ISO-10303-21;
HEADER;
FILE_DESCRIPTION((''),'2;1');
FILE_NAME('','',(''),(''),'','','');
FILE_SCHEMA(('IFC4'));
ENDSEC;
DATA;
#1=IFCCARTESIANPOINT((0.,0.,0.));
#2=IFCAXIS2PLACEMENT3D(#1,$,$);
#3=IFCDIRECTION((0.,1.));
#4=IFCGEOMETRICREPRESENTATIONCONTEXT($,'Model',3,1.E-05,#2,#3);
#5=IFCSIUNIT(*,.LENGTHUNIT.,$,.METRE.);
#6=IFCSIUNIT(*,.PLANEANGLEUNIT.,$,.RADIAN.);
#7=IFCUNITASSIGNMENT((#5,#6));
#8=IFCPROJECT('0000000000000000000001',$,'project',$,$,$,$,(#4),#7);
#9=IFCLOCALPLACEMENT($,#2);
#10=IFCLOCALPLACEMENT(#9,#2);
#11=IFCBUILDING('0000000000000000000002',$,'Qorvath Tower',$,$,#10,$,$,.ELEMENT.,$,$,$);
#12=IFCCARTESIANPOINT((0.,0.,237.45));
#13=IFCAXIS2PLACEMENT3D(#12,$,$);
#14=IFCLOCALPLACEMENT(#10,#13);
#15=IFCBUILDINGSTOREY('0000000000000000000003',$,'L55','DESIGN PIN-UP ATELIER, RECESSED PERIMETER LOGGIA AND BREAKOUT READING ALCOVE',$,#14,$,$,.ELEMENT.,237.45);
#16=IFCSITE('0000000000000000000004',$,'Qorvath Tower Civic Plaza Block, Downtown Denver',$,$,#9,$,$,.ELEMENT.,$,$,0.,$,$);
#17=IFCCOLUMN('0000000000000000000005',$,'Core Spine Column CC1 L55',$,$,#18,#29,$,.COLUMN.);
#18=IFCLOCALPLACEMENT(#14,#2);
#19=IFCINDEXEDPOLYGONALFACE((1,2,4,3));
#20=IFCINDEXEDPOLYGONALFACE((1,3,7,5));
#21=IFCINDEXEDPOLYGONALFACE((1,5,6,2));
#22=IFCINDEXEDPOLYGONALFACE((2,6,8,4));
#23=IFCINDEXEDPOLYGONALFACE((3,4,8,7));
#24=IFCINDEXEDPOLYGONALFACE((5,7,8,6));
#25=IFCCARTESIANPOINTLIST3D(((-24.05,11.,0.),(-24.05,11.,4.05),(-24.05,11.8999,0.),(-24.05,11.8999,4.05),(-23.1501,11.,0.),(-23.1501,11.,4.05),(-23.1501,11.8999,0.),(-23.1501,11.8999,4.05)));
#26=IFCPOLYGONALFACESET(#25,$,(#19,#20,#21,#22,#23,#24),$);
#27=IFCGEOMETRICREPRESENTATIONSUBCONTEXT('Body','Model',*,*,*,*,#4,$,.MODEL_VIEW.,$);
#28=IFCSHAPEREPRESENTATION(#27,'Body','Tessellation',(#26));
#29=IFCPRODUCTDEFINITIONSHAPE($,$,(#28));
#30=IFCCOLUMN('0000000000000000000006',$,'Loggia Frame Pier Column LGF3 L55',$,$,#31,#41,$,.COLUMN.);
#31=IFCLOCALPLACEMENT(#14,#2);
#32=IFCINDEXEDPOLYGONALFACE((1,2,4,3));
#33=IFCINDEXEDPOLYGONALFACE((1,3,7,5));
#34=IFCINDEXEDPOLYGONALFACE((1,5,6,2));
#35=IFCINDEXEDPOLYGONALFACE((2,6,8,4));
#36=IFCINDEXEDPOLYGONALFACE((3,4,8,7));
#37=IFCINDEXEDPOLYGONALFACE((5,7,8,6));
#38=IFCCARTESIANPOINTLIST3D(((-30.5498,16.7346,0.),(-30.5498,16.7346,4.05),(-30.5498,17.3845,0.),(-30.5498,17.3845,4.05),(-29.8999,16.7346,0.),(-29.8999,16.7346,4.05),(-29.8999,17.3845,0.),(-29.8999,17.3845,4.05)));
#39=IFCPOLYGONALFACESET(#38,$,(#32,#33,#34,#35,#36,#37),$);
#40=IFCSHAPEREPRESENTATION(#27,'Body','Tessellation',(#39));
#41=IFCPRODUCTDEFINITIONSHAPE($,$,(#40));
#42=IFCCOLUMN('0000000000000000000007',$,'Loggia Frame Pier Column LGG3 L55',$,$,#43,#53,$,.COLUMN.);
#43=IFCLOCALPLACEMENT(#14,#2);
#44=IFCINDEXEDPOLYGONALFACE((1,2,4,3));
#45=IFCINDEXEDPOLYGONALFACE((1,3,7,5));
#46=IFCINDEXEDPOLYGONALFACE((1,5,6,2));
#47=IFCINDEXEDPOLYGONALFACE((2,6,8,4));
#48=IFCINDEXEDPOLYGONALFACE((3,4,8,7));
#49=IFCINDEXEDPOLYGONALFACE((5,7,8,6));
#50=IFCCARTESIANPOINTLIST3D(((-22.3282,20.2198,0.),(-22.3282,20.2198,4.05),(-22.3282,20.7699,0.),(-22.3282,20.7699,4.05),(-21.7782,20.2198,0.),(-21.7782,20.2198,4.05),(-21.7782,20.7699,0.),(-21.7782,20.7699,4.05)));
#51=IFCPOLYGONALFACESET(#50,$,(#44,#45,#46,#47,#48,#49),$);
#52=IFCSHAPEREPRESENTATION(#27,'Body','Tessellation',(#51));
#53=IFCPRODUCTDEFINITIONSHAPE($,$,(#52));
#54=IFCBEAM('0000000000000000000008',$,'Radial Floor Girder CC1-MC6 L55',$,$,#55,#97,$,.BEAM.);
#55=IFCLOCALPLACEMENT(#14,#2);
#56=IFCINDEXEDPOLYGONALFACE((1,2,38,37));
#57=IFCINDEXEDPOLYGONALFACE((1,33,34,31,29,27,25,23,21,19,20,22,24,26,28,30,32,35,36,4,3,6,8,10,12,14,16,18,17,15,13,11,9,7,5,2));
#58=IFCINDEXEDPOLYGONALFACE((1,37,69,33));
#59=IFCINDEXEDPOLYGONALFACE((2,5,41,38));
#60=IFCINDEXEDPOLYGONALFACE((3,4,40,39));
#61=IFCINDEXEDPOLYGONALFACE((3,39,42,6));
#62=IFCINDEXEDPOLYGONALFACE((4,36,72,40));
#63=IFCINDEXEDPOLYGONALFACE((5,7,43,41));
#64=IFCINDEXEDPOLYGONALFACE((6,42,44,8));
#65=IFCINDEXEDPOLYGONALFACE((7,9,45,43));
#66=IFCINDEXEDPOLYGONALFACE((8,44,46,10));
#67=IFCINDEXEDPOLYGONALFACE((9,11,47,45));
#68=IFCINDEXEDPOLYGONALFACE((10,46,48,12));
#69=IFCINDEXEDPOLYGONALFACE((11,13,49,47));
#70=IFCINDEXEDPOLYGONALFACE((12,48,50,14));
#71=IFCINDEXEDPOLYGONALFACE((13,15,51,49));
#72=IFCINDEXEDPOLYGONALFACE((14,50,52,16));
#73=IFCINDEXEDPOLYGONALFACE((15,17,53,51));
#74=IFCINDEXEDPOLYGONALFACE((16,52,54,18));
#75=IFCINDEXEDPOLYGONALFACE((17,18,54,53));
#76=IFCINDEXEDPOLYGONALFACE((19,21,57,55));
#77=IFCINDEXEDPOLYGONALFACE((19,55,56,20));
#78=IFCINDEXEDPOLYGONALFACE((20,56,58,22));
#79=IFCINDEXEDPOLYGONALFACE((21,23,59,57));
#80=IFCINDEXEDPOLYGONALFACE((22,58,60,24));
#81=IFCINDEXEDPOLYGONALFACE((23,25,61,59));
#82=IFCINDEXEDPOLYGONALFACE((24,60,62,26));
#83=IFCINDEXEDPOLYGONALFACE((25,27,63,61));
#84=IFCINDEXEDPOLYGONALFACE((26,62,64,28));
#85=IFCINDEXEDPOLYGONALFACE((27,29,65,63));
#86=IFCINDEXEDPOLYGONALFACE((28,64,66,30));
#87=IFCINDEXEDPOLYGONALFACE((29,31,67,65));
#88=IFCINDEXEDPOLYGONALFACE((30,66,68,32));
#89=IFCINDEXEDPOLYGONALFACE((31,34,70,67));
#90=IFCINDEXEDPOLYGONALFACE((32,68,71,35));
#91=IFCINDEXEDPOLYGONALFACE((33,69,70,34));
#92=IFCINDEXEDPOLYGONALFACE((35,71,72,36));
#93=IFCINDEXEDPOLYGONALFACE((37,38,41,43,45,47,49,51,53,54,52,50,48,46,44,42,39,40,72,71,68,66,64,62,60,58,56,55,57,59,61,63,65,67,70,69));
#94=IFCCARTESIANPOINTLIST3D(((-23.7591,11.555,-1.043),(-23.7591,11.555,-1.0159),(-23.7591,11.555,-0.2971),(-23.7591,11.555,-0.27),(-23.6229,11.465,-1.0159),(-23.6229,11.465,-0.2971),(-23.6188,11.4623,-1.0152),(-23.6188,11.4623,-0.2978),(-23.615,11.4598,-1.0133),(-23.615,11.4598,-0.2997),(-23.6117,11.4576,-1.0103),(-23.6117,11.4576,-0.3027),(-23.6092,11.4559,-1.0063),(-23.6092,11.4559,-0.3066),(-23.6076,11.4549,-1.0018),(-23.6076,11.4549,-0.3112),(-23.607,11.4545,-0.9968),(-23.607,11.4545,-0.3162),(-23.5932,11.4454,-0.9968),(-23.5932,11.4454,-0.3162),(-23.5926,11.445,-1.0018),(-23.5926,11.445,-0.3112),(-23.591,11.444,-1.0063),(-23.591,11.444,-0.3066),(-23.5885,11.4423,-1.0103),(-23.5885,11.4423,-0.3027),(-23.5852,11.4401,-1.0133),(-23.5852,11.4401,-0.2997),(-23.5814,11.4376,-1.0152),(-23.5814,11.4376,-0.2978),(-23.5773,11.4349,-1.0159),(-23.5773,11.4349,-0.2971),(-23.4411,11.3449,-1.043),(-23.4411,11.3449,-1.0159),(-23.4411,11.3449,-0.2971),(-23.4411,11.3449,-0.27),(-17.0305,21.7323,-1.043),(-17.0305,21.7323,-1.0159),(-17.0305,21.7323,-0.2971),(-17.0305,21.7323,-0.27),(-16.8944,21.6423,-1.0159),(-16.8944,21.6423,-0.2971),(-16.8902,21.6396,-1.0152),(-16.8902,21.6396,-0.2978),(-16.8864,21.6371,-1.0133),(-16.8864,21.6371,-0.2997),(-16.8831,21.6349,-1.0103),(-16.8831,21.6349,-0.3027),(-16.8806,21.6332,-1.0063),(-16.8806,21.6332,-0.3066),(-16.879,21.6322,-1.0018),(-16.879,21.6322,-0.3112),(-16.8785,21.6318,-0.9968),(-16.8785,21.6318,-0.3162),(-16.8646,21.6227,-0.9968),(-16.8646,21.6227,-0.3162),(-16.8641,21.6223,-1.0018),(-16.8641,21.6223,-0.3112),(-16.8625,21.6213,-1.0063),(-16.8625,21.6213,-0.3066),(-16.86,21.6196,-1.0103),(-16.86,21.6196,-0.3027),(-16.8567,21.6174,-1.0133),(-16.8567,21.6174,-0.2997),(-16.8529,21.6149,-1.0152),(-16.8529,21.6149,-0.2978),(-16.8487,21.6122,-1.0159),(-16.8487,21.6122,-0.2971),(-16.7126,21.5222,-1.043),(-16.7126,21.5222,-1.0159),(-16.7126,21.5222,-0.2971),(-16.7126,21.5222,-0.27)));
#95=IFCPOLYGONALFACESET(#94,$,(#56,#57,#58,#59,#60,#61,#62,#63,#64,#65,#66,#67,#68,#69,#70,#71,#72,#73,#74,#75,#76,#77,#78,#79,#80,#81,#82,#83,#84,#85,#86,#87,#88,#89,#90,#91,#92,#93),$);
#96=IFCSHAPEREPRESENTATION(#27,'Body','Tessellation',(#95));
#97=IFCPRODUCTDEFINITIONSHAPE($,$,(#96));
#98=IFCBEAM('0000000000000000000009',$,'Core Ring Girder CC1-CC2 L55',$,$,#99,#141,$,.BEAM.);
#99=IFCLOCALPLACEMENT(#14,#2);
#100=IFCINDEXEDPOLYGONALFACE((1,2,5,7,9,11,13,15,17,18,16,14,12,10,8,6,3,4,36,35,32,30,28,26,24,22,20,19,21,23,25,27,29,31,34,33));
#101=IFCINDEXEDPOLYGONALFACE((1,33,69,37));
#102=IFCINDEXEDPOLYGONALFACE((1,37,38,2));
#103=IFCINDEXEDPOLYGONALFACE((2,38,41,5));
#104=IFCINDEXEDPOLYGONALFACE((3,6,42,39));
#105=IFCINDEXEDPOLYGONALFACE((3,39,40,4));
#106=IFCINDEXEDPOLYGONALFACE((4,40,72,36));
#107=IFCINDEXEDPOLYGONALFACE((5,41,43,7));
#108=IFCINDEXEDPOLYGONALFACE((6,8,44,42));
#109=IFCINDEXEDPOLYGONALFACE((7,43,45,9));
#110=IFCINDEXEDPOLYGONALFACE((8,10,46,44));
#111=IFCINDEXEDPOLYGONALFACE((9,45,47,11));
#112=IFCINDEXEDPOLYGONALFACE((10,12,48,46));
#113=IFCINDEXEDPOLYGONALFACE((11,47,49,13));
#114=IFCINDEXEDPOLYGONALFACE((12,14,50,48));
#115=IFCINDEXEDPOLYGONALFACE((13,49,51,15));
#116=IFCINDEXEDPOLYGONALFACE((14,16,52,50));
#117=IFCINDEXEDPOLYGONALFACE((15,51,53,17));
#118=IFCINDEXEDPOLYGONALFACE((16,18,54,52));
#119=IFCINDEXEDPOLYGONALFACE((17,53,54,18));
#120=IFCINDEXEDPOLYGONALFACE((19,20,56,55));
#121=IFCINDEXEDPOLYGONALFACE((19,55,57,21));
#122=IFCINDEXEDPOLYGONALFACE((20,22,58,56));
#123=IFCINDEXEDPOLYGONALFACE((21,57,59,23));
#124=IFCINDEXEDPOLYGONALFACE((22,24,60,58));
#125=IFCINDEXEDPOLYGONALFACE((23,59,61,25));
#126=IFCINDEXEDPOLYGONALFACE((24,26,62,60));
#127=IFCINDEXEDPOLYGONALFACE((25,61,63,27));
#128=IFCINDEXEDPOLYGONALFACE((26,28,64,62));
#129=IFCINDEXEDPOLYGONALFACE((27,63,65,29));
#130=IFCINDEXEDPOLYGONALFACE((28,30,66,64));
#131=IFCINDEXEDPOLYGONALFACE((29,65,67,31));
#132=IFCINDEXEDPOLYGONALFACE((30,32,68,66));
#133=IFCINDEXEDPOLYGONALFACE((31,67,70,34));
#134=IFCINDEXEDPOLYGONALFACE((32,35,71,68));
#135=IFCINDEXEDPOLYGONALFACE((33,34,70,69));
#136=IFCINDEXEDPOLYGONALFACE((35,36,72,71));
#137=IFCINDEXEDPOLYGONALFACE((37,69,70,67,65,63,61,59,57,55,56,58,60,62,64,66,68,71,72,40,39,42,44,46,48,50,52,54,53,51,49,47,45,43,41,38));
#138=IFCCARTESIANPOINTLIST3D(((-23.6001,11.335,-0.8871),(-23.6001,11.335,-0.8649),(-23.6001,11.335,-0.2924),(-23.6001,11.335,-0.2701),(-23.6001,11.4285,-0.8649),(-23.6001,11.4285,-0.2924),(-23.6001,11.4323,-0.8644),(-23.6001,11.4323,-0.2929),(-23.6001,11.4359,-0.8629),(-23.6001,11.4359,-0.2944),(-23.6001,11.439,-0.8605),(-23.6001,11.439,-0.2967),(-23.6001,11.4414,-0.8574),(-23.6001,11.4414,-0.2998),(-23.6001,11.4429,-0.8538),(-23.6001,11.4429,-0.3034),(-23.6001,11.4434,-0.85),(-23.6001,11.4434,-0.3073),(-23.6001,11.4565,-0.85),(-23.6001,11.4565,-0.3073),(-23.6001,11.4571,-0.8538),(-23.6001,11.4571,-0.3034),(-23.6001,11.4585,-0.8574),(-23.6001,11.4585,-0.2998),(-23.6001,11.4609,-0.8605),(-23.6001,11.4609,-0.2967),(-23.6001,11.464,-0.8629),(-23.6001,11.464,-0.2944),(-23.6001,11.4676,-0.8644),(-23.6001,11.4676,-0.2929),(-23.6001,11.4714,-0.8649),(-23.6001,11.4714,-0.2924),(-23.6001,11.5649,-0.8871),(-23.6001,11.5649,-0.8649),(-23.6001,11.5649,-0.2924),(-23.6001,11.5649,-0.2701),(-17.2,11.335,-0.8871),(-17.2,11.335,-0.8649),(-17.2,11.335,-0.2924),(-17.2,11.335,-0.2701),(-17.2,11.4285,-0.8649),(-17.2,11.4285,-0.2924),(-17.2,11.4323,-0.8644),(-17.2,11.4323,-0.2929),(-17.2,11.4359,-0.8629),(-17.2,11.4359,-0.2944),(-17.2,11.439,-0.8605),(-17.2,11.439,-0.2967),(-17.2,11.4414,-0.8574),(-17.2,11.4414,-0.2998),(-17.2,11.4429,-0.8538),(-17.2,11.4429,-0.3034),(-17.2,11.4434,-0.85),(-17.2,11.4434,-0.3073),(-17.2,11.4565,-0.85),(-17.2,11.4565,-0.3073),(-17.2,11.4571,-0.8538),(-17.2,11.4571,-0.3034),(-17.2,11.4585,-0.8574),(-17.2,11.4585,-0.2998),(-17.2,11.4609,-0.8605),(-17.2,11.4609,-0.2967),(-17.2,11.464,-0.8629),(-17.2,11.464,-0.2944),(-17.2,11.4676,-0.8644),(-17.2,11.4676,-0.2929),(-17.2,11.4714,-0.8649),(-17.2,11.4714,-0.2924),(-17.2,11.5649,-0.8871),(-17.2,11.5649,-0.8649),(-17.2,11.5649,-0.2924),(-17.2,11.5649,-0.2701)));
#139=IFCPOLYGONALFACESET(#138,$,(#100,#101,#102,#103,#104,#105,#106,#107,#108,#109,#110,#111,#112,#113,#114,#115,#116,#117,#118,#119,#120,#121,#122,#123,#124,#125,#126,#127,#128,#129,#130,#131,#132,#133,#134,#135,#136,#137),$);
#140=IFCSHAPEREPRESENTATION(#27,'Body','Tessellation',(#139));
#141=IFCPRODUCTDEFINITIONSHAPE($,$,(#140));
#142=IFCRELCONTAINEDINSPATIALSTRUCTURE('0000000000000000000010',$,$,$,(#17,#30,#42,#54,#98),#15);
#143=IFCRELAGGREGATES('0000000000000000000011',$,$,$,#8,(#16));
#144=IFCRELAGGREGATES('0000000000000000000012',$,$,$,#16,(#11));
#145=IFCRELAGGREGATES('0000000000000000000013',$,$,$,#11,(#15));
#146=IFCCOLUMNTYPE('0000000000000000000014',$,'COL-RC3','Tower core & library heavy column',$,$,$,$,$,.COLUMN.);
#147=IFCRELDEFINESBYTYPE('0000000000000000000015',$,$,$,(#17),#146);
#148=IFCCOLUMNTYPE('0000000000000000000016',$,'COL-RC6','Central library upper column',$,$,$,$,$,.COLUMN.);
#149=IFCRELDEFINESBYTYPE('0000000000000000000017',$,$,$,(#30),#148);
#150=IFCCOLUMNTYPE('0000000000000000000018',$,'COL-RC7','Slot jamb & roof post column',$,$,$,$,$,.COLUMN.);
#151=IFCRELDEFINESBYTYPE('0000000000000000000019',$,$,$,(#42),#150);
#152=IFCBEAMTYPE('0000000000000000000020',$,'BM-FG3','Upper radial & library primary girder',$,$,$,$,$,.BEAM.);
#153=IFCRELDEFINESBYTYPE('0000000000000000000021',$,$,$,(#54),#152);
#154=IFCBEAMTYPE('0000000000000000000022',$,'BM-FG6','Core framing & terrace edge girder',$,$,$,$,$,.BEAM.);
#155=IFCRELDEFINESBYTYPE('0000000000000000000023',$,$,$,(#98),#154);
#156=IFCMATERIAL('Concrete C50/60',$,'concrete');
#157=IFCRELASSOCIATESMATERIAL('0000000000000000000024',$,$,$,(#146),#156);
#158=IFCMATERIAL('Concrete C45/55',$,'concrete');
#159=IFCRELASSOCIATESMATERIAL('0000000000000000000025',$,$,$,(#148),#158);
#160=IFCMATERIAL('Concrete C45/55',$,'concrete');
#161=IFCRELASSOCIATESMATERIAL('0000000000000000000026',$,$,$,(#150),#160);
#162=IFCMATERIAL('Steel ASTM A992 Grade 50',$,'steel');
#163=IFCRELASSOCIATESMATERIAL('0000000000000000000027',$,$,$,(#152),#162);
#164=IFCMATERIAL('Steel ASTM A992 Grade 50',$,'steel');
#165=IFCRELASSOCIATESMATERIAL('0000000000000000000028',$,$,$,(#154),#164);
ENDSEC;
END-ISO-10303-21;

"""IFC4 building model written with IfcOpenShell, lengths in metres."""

from ifc_helpers import new_model, si_unit, direction, frame, origin, origin_2d, place, context, subcontext, project, spatial, rectangle, i_section, extrude, material, material_profile, profile_set, type_object, element, save


model = new_model("IFC4")

# Units and contexts
model_context = context("Model", 3, precision=1e-05, world=origin(), true_north=direction((0.0, 1.0)))
body_context = subcontext(model_context, "Body", "Model", "MODEL_VIEW")
ifc_project = project(units=[si_unit("LENGTHUNIT", "METRE"), si_unit("PLANEANGLEUNIT", "RADIAN")], contexts=[model_context])

# Site, building, storey
site_placement = place(None, origin())
site = spatial("IfcSite", under=ifc_project, at=site_placement, Name="Qorvath Tower Civic Plaza Block, Downtown Denver", CompositionType="ELEMENT", RefElevation=0.0)
building_placement = place(site_placement, origin())
building = spatial("IfcBuilding", under=site, at=building_placement, Name="Qorvath Tower", CompositionType="ELEMENT")
storey_placement = place(building_placement, frame((0.0, 0.0, 237.45)))
storey = spatial("IfcBuildingStorey", under=building, at=storey_placement, Name="L55", Description="DESIGN PIN-UP ATELIER, RECESSED PERIMETER LOGGIA AND BREAKOUT READING ALCOVE", CompositionType="ELEMENT", Elevation=237.45)

# Columns
ifc_material_1 = material(Name="Concrete C50/60", Category="concrete")
ifc_material_profile_1 = material_profile(ifc_material_1, rectangle(XDim=0.8999, YDim=0.8999, at=origin_2d()), Name="RC 900x900")
ifc_profile_set_1 = profile_set([ifc_material_profile_1], Name="Concrete C50/60")
column_type_1 = type_object("IfcColumnType", Name="COL-RC3", Description="Tower core & library heavy column", PredefinedType="COLUMN", material=ifc_profile_set_1)
column_1_placement = place(storey_placement, frame((-23.6001, 11.45, 0.0), z_axis=(0.0, 0.0, 1.0), x_axis=(1.0, 0.0, 0.0)))
element("IfcColumn", 1, at=column_1_placement, inside=storey, type_object=column_type_1, Name="Core Spine Column CC1 L55", PredefinedType="COLUMN", context=body_context, shape_type="SweptSolid", body=[
    extrude(rectangle(XDim=0.8999, YDim=0.8999, at=origin_2d()), origin(), (0.0, 0.0, 1.0), 4.05),
])
ifc_material_2 = material(Name="Concrete C45/55", Category="concrete")
ifc_material_profile_2 = material_profile(ifc_material_2, rectangle(XDim=0.6499, YDim=0.6499, at=origin_2d()), Name="RC 650x650")
ifc_profile_set_2 = profile_set([ifc_material_profile_2], Name="Concrete C45/55")
column_type_2 = type_object("IfcColumnType", Name="COL-RC6", Description="Central library upper column", PredefinedType="COLUMN", material=ifc_profile_set_2)
column_2_placement = place(storey_placement, frame((-30.2249, 17.0596, 0.0), z_axis=(0.0, 0.0, 1.0), x_axis=(1.0, 0.0, 0.0)))
element("IfcColumn", 2, at=column_2_placement, inside=storey, type_object=column_type_2, Name="Loggia Frame Pier Column LGF3 L55", PredefinedType="COLUMN", context=body_context, shape_type="SweptSolid", body=[
    extrude(rectangle(XDim=0.6499, YDim=0.6499, at=origin_2d()), origin(), (0.0, 0.0, 1.0), 4.05),
])
ifc_material_3 = material(Name="Concrete C45/55", Category="concrete")
ifc_material_profile_3 = material_profile(ifc_material_3, rectangle(XDim=0.55, YDim=0.55, at=origin_2d()), Name="RC 550x550")
ifc_profile_set_3 = profile_set([ifc_material_profile_3], Name="Concrete C45/55")
column_type_3 = type_object("IfcColumnType", Name="COL-RC7", Description="Slot jamb & roof post column", PredefinedType="COLUMN", material=ifc_profile_set_3)
column_3_placement = place(storey_placement, frame((-22.0532, 20.4949, 0.0), z_axis=(0.0, 0.0, 1.0), x_axis=(1.0, 0.0, 0.0)))
element("IfcColumn", 3, at=column_3_placement, inside=storey, type_object=column_type_3, Name="Loggia Frame Pier Column LGG3 L55", PredefinedType="COLUMN", context=body_context, shape_type="SweptSolid", body=[
    extrude(rectangle(XDim=0.55, YDim=0.55, at=origin_2d()), origin(), (0.0, 0.0, 1.0), 4.05),
])

# Beams
ifc_material_4 = material(Name="Steel ASTM A992 Grade 50", Category="steel")
ifc_material_profile_4 = material_profile(ifc_material_4, i_section(OverallWidth=0.3811, OverallDepth=0.7729, WebThickness=0.0166, FlangeThickness=0.0271, FilletRadius=0.019, at=origin_2d()), Name="W30x173")
ifc_profile_set_4 = profile_set([ifc_material_profile_4], Name="Steel ASTM A992 Grade 50")
beam_type_1 = type_object("IfcBeamType", Name="BM-FG3", Description="Upper radial & library primary girder", PredefinedType="BEAM", material=ifc_profile_set_4)
beam_1_placement = place(storey_placement, frame((-23.6001, 11.45, -0.6565), z_axis=(0.551501, 0.834175, 0.0), x_axis=(-0.834175, 0.551501, 0.0)))
element("IfcBeam", 4, at=beam_1_placement, inside=storey, type_object=beam_type_1, Name="Radial Floor Girder CC1-MC6 L55", PredefinedType="BEAM", context=body_context, shape_type="SweptSolid", body=[
    extrude(i_section(OverallWidth=0.3811, OverallDepth=0.7729, WebThickness=0.0166, FlangeThickness=0.0271, FilletRadius=0.019, at=origin_2d()), origin(), (0.0, 0.0, 1.0), 12.2004),
])
ifc_material_5 = material(Name="Steel ASTM A992 Grade 50", Category="steel")
ifc_material_profile_5 = material_profile(ifc_material_5, i_section(OverallWidth=0.23, OverallDepth=0.6169, WebThickness=0.0132, FlangeThickness=0.0222, FilletRadius=0.0149, at=origin_2d()), Name="W24x94")
ifc_profile_set_5 = profile_set([ifc_material_profile_5], Name="Steel ASTM A992 Grade 50")
beam_type_2 = type_object("IfcBeamType", Name="BM-FG6", Description="Core framing & terrace edge girder", PredefinedType="BEAM", material=ifc_profile_set_5)
beam_2_placement = place(storey_placement, frame((-23.6001, 11.45, -0.5786), z_axis=(1.0, 0.0, 0.0), x_axis=(0.0, 1.0, 0.0)))
element("IfcBeam", 5, at=beam_2_placement, inside=storey, type_object=beam_type_2, Name="Core Ring Girder CC1-CC2 L55", PredefinedType="BEAM", context=body_context, shape_type="SweptSolid", body=[
    extrude(i_section(OverallWidth=0.23, OverallDepth=0.6169, WebThickness=0.0132, FlangeThickness=0.0222, FilletRadius=0.0149, at=origin_2d()), origin(), (0.0, 0.0, 1.0), 6.4001),
])

save(model, "model.ifc")
